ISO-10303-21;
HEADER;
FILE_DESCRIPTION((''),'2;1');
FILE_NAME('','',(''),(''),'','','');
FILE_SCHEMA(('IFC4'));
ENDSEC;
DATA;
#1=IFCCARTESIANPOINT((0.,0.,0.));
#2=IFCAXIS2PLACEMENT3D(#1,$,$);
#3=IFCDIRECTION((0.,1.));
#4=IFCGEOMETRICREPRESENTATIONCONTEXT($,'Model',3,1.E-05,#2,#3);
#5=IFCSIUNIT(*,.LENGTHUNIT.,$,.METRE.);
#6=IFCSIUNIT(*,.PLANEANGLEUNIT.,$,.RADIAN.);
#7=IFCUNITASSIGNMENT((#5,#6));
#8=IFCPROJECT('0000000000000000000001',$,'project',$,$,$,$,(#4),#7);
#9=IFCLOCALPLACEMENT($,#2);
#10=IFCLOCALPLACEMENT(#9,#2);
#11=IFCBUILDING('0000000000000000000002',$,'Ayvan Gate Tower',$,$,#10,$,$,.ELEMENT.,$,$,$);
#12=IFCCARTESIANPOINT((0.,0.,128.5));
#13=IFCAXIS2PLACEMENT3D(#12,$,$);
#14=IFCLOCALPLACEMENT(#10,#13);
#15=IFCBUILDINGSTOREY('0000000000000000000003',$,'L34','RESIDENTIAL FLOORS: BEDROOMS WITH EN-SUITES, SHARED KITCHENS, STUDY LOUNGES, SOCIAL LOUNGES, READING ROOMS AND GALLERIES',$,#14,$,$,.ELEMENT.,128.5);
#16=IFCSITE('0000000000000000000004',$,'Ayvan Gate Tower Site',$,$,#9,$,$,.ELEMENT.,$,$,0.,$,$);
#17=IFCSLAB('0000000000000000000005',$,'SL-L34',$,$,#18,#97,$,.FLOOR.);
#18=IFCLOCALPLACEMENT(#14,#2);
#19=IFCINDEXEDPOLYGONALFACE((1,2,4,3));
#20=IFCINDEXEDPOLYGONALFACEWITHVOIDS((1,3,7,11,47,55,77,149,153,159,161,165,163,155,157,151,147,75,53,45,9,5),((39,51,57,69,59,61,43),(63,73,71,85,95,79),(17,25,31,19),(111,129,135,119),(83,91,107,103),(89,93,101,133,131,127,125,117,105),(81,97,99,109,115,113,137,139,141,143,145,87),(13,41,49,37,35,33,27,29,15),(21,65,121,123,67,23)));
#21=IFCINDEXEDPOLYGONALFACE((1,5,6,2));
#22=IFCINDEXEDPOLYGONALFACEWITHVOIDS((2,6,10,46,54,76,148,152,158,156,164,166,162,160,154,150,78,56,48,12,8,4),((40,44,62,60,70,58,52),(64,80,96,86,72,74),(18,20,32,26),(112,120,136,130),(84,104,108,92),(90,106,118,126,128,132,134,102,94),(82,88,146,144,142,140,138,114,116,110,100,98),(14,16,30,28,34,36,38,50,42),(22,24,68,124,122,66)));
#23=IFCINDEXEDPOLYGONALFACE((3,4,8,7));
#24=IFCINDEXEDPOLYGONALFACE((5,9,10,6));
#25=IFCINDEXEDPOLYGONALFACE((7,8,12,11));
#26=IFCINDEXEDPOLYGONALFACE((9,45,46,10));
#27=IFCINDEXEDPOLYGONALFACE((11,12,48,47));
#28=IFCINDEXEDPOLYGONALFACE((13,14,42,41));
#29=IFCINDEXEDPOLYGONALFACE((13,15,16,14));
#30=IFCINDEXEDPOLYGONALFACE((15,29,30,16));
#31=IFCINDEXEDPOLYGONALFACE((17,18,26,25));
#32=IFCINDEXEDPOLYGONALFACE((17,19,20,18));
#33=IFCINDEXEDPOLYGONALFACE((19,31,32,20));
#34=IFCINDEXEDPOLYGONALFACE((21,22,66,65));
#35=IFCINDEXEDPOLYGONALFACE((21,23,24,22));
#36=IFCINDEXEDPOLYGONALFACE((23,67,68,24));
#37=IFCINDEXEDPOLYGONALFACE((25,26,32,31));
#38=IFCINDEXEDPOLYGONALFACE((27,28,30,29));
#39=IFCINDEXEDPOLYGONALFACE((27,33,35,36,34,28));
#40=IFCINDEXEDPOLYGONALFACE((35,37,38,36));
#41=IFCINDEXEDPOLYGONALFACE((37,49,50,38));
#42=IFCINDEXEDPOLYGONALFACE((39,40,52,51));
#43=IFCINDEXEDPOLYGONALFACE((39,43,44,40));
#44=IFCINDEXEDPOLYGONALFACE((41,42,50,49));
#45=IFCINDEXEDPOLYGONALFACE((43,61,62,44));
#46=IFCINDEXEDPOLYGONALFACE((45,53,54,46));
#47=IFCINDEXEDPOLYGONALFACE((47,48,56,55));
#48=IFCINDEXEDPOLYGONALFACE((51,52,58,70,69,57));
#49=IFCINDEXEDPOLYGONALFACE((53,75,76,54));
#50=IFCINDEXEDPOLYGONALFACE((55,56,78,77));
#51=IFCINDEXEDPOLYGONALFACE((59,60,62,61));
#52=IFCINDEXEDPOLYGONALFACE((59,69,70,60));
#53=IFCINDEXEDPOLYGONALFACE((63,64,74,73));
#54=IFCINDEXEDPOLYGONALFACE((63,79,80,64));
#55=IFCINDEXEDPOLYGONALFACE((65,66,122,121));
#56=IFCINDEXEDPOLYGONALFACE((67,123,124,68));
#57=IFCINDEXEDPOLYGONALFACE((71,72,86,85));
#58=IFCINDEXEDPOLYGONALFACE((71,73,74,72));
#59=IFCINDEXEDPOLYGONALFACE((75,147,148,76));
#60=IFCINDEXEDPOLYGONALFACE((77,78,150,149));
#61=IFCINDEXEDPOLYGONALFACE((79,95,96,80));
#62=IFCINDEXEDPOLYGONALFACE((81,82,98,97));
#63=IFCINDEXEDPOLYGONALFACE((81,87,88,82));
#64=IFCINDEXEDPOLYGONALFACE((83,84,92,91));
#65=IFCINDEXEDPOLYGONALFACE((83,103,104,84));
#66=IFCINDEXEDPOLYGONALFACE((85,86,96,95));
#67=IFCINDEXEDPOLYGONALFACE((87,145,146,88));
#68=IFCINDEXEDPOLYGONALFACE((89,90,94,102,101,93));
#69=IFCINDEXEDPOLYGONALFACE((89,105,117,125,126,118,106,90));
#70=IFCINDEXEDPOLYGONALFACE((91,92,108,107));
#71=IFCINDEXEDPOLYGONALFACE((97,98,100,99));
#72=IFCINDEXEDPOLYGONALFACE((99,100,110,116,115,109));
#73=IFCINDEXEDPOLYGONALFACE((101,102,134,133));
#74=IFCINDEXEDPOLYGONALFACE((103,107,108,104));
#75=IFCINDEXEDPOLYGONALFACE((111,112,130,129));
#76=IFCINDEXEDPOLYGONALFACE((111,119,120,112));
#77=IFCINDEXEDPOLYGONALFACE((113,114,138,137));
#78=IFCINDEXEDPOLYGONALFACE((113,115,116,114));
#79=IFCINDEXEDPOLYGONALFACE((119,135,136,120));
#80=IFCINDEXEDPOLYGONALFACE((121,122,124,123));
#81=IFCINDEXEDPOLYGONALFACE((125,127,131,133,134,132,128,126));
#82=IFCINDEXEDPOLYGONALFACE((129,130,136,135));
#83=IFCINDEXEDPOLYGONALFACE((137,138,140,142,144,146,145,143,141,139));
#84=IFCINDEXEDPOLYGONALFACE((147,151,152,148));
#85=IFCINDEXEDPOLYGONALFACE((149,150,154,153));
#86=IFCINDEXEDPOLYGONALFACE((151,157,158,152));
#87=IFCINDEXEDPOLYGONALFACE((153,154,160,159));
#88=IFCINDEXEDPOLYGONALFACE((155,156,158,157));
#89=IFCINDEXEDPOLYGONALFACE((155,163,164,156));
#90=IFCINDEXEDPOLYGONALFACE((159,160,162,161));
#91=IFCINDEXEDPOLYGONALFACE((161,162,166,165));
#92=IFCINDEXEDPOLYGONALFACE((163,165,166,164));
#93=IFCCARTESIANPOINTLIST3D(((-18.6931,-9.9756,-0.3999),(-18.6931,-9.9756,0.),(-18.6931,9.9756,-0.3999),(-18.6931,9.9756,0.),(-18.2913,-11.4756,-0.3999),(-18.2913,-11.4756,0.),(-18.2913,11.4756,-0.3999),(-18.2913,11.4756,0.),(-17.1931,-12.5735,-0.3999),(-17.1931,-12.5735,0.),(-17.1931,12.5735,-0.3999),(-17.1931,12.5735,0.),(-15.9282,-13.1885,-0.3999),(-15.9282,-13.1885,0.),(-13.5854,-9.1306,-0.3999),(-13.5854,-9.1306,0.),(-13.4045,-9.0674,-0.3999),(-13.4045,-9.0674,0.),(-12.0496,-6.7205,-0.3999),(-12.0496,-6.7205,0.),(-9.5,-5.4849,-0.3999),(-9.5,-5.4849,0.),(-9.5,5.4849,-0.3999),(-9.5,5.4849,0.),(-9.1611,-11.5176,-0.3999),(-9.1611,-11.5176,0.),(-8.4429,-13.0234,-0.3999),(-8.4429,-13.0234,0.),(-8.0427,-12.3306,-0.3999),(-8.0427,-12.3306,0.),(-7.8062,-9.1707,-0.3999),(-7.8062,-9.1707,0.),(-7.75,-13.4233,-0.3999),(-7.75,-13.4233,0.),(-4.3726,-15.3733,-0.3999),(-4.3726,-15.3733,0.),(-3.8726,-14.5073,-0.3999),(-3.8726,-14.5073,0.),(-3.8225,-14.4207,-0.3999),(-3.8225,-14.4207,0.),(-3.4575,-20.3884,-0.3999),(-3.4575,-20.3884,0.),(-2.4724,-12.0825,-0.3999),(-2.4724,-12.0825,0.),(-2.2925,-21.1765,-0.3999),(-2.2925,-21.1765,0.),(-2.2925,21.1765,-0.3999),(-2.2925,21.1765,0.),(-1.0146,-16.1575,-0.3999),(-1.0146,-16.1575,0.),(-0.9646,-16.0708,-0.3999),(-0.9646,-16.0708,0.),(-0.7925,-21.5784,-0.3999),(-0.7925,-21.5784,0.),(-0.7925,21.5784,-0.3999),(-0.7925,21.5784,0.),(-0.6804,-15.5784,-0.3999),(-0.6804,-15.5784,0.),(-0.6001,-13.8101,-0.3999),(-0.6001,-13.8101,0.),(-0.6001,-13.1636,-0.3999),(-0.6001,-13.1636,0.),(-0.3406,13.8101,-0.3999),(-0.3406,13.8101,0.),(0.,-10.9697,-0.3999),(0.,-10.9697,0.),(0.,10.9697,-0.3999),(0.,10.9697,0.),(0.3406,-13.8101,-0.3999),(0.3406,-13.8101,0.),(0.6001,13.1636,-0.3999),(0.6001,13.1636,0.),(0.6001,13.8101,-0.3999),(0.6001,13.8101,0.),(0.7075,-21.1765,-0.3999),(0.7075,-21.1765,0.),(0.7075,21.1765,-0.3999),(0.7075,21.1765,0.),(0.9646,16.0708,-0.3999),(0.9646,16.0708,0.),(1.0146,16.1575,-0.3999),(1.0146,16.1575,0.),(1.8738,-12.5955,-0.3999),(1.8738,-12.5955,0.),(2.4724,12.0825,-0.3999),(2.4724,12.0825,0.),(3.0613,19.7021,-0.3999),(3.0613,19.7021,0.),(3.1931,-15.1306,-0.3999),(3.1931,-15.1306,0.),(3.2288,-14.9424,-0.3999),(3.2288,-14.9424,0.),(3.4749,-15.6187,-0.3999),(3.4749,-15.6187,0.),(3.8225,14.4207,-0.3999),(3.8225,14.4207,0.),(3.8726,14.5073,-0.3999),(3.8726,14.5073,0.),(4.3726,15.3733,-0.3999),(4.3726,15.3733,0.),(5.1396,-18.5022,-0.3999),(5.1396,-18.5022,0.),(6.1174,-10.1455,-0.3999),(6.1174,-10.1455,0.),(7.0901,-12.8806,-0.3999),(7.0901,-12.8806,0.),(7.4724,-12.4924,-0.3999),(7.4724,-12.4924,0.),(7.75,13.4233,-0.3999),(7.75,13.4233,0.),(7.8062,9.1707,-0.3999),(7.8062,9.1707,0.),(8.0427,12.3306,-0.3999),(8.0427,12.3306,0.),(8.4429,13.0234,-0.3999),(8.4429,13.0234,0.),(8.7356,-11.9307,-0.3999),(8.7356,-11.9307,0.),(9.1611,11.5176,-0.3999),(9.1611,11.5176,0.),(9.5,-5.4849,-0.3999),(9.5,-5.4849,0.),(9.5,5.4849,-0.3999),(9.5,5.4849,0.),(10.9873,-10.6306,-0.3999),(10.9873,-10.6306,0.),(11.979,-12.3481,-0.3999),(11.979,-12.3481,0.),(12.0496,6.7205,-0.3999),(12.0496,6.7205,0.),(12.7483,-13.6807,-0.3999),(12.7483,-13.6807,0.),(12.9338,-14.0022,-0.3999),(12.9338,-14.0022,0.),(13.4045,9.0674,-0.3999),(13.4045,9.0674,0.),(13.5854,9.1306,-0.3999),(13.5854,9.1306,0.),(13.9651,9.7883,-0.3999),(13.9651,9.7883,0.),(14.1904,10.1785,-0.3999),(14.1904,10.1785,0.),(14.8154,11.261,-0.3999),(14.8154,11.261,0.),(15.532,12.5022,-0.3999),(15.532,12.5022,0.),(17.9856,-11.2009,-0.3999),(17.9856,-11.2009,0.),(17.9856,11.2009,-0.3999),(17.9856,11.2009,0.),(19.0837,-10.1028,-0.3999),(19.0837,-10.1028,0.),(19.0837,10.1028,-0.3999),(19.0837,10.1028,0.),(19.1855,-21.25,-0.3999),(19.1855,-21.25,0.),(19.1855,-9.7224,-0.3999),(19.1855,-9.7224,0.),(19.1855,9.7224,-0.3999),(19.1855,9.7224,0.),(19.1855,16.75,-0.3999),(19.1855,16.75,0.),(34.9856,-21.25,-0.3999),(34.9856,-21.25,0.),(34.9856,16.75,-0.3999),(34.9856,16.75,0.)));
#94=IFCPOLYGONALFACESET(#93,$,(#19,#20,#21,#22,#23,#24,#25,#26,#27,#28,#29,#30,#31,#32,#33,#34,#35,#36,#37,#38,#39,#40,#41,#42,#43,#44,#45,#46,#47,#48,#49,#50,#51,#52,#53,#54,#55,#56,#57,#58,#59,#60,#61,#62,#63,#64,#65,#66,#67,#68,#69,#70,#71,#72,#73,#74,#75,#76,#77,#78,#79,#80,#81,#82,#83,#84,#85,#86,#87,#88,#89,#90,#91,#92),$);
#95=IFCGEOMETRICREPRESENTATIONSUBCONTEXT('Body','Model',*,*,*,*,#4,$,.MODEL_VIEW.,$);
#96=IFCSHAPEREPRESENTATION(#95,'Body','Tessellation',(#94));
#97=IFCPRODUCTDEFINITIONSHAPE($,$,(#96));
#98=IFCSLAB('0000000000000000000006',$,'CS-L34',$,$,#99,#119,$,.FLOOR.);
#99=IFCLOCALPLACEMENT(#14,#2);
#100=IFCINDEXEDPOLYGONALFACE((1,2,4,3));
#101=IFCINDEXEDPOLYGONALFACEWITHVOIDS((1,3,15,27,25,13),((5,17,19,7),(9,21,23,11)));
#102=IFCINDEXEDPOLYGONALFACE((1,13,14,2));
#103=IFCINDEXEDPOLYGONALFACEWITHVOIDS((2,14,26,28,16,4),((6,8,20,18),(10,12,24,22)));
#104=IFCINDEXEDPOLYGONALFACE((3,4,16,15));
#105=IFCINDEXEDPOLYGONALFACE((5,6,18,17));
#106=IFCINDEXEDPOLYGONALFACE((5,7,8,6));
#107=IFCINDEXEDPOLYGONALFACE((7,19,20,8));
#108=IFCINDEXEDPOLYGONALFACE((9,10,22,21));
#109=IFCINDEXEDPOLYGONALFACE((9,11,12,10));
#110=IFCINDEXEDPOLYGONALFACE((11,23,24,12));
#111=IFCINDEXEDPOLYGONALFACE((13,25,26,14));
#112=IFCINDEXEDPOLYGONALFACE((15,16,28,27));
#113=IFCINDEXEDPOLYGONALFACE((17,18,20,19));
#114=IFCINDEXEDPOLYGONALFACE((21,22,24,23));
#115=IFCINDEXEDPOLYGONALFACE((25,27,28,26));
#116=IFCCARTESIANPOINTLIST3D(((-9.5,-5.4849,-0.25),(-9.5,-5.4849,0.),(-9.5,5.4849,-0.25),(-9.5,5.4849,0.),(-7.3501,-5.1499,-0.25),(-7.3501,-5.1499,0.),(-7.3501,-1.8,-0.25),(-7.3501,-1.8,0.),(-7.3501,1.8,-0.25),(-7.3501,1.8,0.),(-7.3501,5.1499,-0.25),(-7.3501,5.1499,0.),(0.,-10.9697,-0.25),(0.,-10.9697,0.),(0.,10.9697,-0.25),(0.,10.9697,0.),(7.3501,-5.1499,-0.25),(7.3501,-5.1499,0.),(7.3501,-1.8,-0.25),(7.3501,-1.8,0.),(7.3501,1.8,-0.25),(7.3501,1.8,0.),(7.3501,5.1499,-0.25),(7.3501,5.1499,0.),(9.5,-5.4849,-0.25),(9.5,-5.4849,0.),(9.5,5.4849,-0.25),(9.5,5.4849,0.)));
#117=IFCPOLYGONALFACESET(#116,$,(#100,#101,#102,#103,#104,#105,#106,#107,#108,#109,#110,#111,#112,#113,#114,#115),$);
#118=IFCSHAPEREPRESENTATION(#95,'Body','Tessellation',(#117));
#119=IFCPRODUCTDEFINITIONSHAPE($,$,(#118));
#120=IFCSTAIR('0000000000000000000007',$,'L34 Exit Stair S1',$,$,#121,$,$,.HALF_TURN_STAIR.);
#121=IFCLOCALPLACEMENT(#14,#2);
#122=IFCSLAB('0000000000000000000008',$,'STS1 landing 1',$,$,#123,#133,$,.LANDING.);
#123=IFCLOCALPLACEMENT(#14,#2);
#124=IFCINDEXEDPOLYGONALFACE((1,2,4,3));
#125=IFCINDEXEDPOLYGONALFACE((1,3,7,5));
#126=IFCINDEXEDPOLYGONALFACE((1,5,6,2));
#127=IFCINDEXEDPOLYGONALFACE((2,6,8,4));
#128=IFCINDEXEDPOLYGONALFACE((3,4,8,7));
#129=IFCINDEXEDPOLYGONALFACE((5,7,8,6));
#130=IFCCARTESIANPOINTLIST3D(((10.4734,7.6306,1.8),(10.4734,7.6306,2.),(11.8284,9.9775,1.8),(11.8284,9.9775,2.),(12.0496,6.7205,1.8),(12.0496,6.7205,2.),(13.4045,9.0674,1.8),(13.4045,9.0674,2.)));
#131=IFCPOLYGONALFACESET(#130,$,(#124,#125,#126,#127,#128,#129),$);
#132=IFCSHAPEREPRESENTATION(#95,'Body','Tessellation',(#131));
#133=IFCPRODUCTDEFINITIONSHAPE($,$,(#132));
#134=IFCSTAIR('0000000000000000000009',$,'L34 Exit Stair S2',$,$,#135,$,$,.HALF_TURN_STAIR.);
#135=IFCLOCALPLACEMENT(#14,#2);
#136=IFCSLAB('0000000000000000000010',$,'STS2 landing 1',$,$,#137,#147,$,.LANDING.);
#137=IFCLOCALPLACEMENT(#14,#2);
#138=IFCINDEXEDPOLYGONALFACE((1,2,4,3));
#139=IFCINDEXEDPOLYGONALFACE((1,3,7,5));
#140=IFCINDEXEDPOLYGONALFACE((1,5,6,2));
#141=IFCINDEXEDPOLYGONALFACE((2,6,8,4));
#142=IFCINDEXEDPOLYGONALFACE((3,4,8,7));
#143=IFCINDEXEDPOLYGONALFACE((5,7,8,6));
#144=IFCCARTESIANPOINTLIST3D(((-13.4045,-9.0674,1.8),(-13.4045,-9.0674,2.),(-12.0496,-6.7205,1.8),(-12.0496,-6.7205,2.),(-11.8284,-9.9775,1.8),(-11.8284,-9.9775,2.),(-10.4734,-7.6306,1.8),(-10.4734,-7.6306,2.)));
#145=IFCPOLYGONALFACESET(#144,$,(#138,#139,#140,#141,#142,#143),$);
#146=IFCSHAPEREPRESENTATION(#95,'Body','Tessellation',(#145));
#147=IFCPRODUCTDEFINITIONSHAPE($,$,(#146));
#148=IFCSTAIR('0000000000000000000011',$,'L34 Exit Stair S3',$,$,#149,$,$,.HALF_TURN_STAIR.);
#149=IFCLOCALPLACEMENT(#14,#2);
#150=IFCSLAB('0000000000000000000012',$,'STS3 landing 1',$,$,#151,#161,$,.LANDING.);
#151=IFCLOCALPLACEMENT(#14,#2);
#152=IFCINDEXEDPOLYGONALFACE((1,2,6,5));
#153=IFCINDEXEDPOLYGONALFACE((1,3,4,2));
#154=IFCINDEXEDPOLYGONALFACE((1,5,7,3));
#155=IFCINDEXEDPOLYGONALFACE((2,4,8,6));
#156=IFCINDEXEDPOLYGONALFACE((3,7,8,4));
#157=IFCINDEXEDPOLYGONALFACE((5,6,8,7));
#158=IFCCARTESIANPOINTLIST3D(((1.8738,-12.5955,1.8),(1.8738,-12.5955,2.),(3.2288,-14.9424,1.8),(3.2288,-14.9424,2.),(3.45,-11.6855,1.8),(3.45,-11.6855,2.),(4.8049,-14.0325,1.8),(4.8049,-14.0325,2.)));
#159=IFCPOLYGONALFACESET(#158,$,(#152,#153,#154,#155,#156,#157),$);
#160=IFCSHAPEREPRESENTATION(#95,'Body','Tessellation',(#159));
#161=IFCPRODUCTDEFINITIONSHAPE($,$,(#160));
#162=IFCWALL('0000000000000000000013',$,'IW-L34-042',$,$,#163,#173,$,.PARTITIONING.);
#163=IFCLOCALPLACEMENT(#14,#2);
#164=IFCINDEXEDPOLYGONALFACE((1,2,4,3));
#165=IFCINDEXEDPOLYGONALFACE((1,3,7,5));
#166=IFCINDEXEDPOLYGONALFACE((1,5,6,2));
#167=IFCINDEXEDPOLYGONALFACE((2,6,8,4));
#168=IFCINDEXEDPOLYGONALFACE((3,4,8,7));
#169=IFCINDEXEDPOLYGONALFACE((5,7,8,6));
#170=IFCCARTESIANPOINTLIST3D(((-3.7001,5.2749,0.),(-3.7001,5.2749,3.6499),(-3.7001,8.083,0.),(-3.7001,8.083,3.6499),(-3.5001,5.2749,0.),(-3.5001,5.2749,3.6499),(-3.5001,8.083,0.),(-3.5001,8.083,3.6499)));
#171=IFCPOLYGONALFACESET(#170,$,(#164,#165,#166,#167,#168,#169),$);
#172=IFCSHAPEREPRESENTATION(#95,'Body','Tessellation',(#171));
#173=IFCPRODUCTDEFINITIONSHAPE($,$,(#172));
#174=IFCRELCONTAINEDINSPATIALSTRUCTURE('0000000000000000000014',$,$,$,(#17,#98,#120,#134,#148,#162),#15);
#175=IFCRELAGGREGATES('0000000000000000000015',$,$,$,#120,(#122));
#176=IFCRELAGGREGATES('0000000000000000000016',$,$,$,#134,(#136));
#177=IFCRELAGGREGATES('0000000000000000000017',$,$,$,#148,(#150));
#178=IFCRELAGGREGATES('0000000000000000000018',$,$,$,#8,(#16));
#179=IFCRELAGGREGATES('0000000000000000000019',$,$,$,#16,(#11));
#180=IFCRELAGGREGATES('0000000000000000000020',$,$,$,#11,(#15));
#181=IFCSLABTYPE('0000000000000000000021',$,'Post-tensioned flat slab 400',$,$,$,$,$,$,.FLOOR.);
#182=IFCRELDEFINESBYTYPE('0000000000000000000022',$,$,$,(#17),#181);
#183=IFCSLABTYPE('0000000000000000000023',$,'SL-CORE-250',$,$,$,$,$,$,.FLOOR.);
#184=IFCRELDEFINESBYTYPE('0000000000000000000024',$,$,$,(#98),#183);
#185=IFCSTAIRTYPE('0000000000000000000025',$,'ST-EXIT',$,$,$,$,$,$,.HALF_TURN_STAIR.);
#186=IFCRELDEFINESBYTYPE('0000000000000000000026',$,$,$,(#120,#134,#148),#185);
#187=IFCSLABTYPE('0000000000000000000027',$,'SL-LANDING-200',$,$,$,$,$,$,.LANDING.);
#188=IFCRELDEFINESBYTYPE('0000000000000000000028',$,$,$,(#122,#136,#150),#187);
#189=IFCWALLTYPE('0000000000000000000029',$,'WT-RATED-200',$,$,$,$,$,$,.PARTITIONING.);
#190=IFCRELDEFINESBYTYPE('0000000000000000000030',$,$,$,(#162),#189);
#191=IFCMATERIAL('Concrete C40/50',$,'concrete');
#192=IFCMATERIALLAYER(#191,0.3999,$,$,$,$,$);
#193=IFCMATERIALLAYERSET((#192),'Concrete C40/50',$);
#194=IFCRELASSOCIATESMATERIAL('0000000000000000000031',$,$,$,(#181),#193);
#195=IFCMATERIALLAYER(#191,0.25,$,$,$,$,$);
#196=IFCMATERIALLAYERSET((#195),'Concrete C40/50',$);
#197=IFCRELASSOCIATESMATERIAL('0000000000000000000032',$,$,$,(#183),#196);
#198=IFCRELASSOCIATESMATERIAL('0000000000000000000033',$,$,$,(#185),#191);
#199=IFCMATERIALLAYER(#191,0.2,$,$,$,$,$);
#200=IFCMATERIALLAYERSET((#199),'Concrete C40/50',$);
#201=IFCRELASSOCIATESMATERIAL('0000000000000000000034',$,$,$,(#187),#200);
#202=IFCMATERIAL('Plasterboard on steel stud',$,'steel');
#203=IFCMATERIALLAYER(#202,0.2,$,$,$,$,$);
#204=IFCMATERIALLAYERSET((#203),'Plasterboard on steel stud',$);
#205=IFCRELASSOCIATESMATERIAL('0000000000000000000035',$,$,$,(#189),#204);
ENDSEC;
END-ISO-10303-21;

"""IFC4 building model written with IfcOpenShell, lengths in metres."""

from ifc_helpers import new_model, si_unit, direction, frame, frame_2d, origin, place, context, subcontext, project, spatial, polyline, rectangle, outline, extrude, material, layer, layer_set, type_object, element, aggregate, save


model = new_model("IFC4")

# Units and contexts
model_context = context("Model", 3, precision=1e-05, world=origin(), true_north=direction((0.0, 1.0)))
body_context = subcontext(model_context, "Body", "Model", "MODEL_VIEW")
ifc_project = project(units=[si_unit("LENGTHUNIT", "METRE"), si_unit("PLANEANGLEUNIT", "RADIAN")], contexts=[model_context])

# Site, building, storey
site_placement = place(None, origin())
site = spatial("IfcSite", under=ifc_project, at=site_placement, Name="Ayvan Gate Tower Site", CompositionType="ELEMENT", RefElevation=0.0)
building_placement = place(site_placement, origin())
building = spatial("IfcBuilding", under=site, at=building_placement, Name="Ayvan Gate Tower", CompositionType="ELEMENT")
storey_placement = place(building_placement, frame((0.0, 0.0, 128.5)))
storey = spatial("IfcBuildingStorey", under=building, at=storey_placement, Name="L34", Description="RESIDENTIAL FLOORS: BEDROOMS WITH EN-SUITES, SHARED KITCHENS, STUDY LOUNGES, SOCIAL LOUNGES, READING ROOMS AND GALLERIES", CompositionType="ELEMENT", Elevation=128.5)

# Slabs
ifc_material_1 = material(Name="Concrete C40/50", Category="concrete")
ifc_layer_1 = layer(ifc_material_1, 0.3999)
ifc_layer_set_1 = layer_set([ifc_layer_1], Name="Concrete C40/50")
slab_type_1 = type_object("IfcSlabType", Name="Post-tensioned flat slab 400", PredefinedType="FLOOR", material=ifc_layer_set_1)
slab_1_placement = place(storey_placement, frame((0.0, 0.0, -0.3999)))
element("IfcSlab", 1, at=slab_1_placement, inside=storey, type_object=slab_type_1, Name="SL-L34", PredefinedType="FLOOR", context=body_context, shape_type="SweptSolid", body=[
    extrude(outline(polyline([(-2.2925, -21.1765), (-17.1931, -12.5735), (-18.2913, -11.4756), (-18.6931, -9.9756), (-18.6931, 9.9756), (-18.2913, 11.4756), (-17.1931, 12.5735), (-2.2925, 21.1765), (-0.7925, 21.5784), (0.7075, 21.1765), (17.9856, 11.2009), (19.0837, 10.1028), (19.1855, 9.7224), (19.1855, 16.75), (34.9856, 16.75), (34.9856, -21.25), (19.1855, -21.25), (19.1855, -9.7224), (19.0837, -10.1028), (17.9856, -11.2009), (0.7075, -21.1765), (-0.7925, -21.5784), (-2.2925, -21.1765)]), holes=[polyline([(8.0427, 12.3306), (13.5854, 9.1306), (13.9651, 9.7883), (14.1904, 10.1785), (14.8154, 11.261), (15.532, 12.5022), (3.0613, 19.7021), (1.0146, 16.1575), (3.8726, 14.5073), (4.3726, 15.3733), (7.75, 13.4233), (8.4429, 13.0234), (8.0427, 12.3306)]), polyline([(7.8062, 9.1707), (12.0496, 6.7205), (13.4045, 9.0674), (9.1611, 11.5176), (7.8062, 9.1707)]), polyline([(3.4749, -15.6187), (5.1396, -18.5022), (12.9338, -14.0022), (12.7483, -13.6807), (11.979, -12.3481), (10.9873, -10.6306), (8.7356, -11.9307), (7.0901, -12.8806), (3.1931, -15.1306), (3.4749, -15.6187)]), polyline([(-9.5, -5.4849), (0.0, -10.9697), (9.5, -5.4849), (9.5, 5.4849), (0.0, 10.9697), (-9.5, 5.4849), (-9.5, -5.4849)]), polyline([(6.1174, -10.1455), (1.8738, -12.5955), (3.2288, -14.9424), (7.4724, -12.4924), (6.1174, -10.1455)]), polyline([(0.9646, 16.0708), (-0.3406, 13.8101), (0.6001, 13.8101), (0.6001, 13.1636), (2.4724, 12.0825), (3.8225, 14.4207), (0.9646, 16.0708)]), polyline([(-0.6001, -13.1636), (-2.4724, -12.0825), (-3.8225, -14.4207), (-0.9646, -16.0708), (-0.6804, -15.5784), (0.3406, -13.8101), (-0.6001, -13.8101), (-0.6001, -13.1636)]), polyline([(-15.9282, -13.1885), (-3.4575, -20.3884), (-1.0146, -16.1575), (-3.8726, -14.5073), (-4.3726, -15.3733), (-7.75, -13.4233), (-8.4429, -13.0234), (-8.0427, -12.3306), (-13.5854, -9.1306), (-15.9282, -13.1885)]), polyline([(-13.4045, -9.0674), (-9.1611, -11.5176), (-7.8062, -9.1707), (-12.0496, -6.7205), (-13.4045, -9.0674)])]), origin(), (0.0, 0.0, 1.0), 0.3999),
])
ifc_layer_2 = layer(ifc_material_1, 0.25)
ifc_layer_set_2 = layer_set([ifc_layer_2], Name="Concrete C40/50")
slab_type_2 = type_object("IfcSlabType", Name="SL-CORE-250", PredefinedType="FLOOR", material=ifc_layer_set_2)
slab_2_placement = place(storey_placement, frame((0.0, 0.0, -0.25)))
element("IfcSlab", 2, at=slab_2_placement, inside=storey, type_object=slab_type_2, Name="CS-L34", PredefinedType="FLOOR", context=body_context, shape_type="SweptSolid", body=[
    extrude(outline(polyline([(9.5, -5.4849), (0.0, -10.9697), (-9.5, -5.4849), (-9.5, 5.4849), (0.0, 10.9697), (9.5, 5.4849), (9.5, -5.4849)]), holes=[polyline([(-7.3501, -1.8), (-7.3501, -5.1499), (7.3501, -5.1499), (7.3501, -1.8), (-7.3501, -1.8)]), polyline([(-7.3501, 5.1499), (-7.3501, 1.8), (7.3501, 1.8), (7.3501, 5.1499), (-7.3501, 5.1499)])]), origin(), (0.0, 0.0, 1.0), 0.25),
])

# Stairs, slabs
stair_type = type_object("IfcStairType", Name="ST-EXIT", PredefinedType="HALF_TURN_STAIR", material=ifc_material_1)
stair_1_placement = place(storey_placement, origin())
stair_1 = element("IfcStair", 3, at=stair_1_placement, inside=storey, type_object=stair_type, Name="L34 Exit Stair S1", PredefinedType="HALF_TURN_STAIR")
ifc_layer_3 = layer(ifc_material_1, 0.2)
ifc_layer_set_3 = layer_set([ifc_layer_3], Name="Concrete C40/50")
slab_type_3 = type_object("IfcSlabType", Name="SL-LANDING-200", PredefinedType="LANDING", material=ifc_layer_set_3)
slab_3_placement = place(storey_placement, frame((0.0, 0.0, 1.8)))
slab_3 = element("IfcSlab", 4, at=slab_3_placement, type_object=slab_type_3, Name="STS1 landing 1", PredefinedType="LANDING", context=body_context, shape_type="SweptSolid", body=[
    extrude(outline(polyline([(10.4734, 7.6306), (12.0496, 6.7205), (13.4045, 9.0674), (11.8284, 9.9775), (10.4734, 7.6306)])), origin(), (0.0, 0.0, 1.0), 0.2),
])
aggregate(stair_1, [slab_3])
stair_2_placement = place(storey_placement, origin())
stair_2 = element("IfcStair", 5, at=stair_2_placement, inside=storey, type_object=stair_type, Name="L34 Exit Stair S2", PredefinedType="HALF_TURN_STAIR")
slab_4_placement = place(storey_placement, frame((0.0, 0.0, 1.8)))
slab_4 = element("IfcSlab", 6, at=slab_4_placement, type_object=slab_type_3, Name="STS2 landing 1", PredefinedType="LANDING", context=body_context, shape_type="SweptSolid", body=[
    extrude(outline(polyline([(-10.4734, -7.6306), (-12.0496, -6.7205), (-13.4045, -9.0674), (-11.8284, -9.9775), (-10.4734, -7.6306)])), origin(), (0.0, 0.0, 1.0), 0.2),
])
aggregate(stair_2, [slab_4])
stair_3_placement = place(storey_placement, origin())
stair_3 = element("IfcStair", 7, at=stair_3_placement, inside=storey, type_object=stair_type, Name="L34 Exit Stair S3", PredefinedType="HALF_TURN_STAIR")
slab_5_placement = place(storey_placement, frame((0.0, 0.0, 1.8)))
slab_5 = element("IfcSlab", 8, at=slab_5_placement, type_object=slab_type_3, Name="STS3 landing 1", PredefinedType="LANDING", context=body_context, shape_type="SweptSolid", body=[
    extrude(outline(polyline([(3.45, -11.6855), (1.8738, -12.5955), (3.2288, -14.9424), (4.8049, -14.0325), (3.45, -11.6855)])), origin(), (0.0, 0.0, 1.0), 0.2),
])
aggregate(stair_3, [slab_5])

# Wall
ifc_material_2 = material(Name="Plasterboard on steel stud", Category="steel")
ifc_layer_4 = layer(ifc_material_2, 0.2)
ifc_layer_set_4 = layer_set([ifc_layer_4], Name="Plasterboard on steel stud")
wall_type_1 = type_object("IfcWallType", Name="WT-RATED-200", PredefinedType="PARTITIONING", material=ifc_layer_set_4)
wall_1_placement = place(storey_placement, frame((-3.6001, 8.083, 0.0), z_axis=(0.0, 0.0, 1.0), x_axis=(0.0, -1.0, 0.0)))
element("IfcWall", 9, at=wall_1_placement, inside=storey, type_object=wall_type_1, Name="IW-L34-042", PredefinedType="PARTITIONING", context=body_context, shape_type="SweptSolid", body=[
    extrude(rectangle(XDim=2.8081, YDim=0.2, at=frame_2d((1.4041, 0.0))), origin(), (0.0, 0.0, 1.0), 3.6499),
])

save(model, "model.ifc")
